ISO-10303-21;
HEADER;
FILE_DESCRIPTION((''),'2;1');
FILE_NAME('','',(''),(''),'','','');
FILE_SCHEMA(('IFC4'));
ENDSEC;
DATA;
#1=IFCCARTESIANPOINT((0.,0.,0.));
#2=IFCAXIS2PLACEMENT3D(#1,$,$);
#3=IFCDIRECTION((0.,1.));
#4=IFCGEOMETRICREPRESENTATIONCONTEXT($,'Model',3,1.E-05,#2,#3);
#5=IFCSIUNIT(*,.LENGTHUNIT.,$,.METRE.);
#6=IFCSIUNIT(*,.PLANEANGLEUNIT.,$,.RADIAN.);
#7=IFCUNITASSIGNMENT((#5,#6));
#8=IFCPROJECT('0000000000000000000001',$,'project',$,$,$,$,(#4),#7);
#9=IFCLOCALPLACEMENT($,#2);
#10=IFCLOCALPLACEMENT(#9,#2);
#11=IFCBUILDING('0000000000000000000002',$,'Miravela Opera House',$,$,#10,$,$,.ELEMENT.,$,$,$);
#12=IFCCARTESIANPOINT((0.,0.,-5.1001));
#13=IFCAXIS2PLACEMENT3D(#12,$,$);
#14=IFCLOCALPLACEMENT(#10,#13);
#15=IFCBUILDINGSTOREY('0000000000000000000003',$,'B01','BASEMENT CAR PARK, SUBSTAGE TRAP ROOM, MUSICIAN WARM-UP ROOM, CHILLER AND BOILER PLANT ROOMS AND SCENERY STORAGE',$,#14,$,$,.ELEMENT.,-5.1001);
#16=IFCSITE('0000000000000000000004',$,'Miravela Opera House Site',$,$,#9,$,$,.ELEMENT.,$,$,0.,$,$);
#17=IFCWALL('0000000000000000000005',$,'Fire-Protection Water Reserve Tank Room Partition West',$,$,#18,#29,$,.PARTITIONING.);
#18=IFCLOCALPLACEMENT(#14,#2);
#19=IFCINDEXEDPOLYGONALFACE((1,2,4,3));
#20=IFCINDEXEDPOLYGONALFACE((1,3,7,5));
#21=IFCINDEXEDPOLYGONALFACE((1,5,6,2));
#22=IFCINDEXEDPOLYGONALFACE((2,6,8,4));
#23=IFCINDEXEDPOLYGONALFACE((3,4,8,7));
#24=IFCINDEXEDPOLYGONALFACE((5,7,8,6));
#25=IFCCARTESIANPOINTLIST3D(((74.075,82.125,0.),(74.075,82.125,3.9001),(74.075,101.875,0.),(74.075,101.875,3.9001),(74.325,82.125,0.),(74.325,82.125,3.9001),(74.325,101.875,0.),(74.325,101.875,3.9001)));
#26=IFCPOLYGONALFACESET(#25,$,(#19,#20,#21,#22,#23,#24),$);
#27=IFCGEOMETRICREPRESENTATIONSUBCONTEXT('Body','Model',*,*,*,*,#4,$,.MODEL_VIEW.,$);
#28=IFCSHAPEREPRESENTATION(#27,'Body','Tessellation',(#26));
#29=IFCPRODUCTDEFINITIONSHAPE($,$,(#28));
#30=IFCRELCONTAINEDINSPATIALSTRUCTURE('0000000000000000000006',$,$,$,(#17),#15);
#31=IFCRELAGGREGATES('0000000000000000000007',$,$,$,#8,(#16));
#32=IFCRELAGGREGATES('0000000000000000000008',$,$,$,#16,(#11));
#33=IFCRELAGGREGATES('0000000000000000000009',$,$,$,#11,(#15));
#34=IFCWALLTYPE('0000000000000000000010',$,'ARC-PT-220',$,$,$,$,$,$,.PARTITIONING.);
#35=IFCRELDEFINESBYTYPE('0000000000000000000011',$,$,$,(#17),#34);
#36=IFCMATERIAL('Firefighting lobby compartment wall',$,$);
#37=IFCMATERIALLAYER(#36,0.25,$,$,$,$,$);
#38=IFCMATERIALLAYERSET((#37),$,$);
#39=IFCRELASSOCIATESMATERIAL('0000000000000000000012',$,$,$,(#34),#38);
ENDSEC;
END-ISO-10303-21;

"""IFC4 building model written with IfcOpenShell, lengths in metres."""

from ifc_helpers import new_model, si_unit, direction, frame, frame_2d, origin, place, context, subcontext, project, spatial, rectangle, extrude, material, layer, layer_set, type_object, element, save


model = new_model("IFC4")

# Units and contexts
model_context = context("Model", 3, precision=1e-05, world=origin(), true_north=direction((0.0, 1.0)))
body_context = subcontext(model_context, "Body", "Model", "MODEL_VIEW")
ifc_project = project(units=[si_unit("LENGTHUNIT", "METRE"), si_unit("PLANEANGLEUNIT", "RADIAN")], contexts=[model_context])

# Site, building, storey
site_placement = place(None, origin())
site = spatial("IfcSite", under=ifc_project, at=site_placement, Name="Miravela Opera House Site", CompositionType="ELEMENT", RefElevation=0.0)
building_placement = place(site_placement, origin())
building = spatial("IfcBuilding", under=site, at=building_placement, Name="Miravela Opera House", CompositionType="ELEMENT")
storey_placement = place(building_placement, frame((0.0, 0.0, -5.1001)))
storey = spatial("IfcBuildingStorey", under=building, at=storey_placement, Name="B01", Description="BASEMENT CAR PARK, SUBSTAGE TRAP ROOM, MUSICIAN WARM-UP ROOM, CHILLER AND BOILER PLANT ROOMS AND SCENERY STORAGE", CompositionType="ELEMENT", Elevation=-5.1001)

# Shared definitions
ifc_material_1 = material(Name="Firefighting lobby compartment wall")
ifc_layer = layer(ifc_material_1, 0.25)
ifc_layer_set = layer_set([ifc_layer])
wall_type = type_object("IfcWallType", Name="ARC-PT-220", PredefinedType="PARTITIONING", material=ifc_layer_set)

# Wall
wall_1_placement = place(storey_placement, frame((74.2, 82.125, 0.0), z_axis=(0.0, 0.0, 1.0), x_axis=(0.0, 1.0, 0.0)))
element("IfcWall", 1, at=wall_1_placement, inside=storey, type_object=wall_type, Name="Fire-Protection Water Reserve Tank Room Partition West", PredefinedType="PARTITIONING", context=body_context, shape_type="SweptSolid", body=[
    extrude(rectangle(XDim=19.75, YDim=0.25, at=frame_2d((9.875, 0.0))), origin(), (0.0, 0.0, 1.0), 3.9001),
])

save(model, "model.ifc")
